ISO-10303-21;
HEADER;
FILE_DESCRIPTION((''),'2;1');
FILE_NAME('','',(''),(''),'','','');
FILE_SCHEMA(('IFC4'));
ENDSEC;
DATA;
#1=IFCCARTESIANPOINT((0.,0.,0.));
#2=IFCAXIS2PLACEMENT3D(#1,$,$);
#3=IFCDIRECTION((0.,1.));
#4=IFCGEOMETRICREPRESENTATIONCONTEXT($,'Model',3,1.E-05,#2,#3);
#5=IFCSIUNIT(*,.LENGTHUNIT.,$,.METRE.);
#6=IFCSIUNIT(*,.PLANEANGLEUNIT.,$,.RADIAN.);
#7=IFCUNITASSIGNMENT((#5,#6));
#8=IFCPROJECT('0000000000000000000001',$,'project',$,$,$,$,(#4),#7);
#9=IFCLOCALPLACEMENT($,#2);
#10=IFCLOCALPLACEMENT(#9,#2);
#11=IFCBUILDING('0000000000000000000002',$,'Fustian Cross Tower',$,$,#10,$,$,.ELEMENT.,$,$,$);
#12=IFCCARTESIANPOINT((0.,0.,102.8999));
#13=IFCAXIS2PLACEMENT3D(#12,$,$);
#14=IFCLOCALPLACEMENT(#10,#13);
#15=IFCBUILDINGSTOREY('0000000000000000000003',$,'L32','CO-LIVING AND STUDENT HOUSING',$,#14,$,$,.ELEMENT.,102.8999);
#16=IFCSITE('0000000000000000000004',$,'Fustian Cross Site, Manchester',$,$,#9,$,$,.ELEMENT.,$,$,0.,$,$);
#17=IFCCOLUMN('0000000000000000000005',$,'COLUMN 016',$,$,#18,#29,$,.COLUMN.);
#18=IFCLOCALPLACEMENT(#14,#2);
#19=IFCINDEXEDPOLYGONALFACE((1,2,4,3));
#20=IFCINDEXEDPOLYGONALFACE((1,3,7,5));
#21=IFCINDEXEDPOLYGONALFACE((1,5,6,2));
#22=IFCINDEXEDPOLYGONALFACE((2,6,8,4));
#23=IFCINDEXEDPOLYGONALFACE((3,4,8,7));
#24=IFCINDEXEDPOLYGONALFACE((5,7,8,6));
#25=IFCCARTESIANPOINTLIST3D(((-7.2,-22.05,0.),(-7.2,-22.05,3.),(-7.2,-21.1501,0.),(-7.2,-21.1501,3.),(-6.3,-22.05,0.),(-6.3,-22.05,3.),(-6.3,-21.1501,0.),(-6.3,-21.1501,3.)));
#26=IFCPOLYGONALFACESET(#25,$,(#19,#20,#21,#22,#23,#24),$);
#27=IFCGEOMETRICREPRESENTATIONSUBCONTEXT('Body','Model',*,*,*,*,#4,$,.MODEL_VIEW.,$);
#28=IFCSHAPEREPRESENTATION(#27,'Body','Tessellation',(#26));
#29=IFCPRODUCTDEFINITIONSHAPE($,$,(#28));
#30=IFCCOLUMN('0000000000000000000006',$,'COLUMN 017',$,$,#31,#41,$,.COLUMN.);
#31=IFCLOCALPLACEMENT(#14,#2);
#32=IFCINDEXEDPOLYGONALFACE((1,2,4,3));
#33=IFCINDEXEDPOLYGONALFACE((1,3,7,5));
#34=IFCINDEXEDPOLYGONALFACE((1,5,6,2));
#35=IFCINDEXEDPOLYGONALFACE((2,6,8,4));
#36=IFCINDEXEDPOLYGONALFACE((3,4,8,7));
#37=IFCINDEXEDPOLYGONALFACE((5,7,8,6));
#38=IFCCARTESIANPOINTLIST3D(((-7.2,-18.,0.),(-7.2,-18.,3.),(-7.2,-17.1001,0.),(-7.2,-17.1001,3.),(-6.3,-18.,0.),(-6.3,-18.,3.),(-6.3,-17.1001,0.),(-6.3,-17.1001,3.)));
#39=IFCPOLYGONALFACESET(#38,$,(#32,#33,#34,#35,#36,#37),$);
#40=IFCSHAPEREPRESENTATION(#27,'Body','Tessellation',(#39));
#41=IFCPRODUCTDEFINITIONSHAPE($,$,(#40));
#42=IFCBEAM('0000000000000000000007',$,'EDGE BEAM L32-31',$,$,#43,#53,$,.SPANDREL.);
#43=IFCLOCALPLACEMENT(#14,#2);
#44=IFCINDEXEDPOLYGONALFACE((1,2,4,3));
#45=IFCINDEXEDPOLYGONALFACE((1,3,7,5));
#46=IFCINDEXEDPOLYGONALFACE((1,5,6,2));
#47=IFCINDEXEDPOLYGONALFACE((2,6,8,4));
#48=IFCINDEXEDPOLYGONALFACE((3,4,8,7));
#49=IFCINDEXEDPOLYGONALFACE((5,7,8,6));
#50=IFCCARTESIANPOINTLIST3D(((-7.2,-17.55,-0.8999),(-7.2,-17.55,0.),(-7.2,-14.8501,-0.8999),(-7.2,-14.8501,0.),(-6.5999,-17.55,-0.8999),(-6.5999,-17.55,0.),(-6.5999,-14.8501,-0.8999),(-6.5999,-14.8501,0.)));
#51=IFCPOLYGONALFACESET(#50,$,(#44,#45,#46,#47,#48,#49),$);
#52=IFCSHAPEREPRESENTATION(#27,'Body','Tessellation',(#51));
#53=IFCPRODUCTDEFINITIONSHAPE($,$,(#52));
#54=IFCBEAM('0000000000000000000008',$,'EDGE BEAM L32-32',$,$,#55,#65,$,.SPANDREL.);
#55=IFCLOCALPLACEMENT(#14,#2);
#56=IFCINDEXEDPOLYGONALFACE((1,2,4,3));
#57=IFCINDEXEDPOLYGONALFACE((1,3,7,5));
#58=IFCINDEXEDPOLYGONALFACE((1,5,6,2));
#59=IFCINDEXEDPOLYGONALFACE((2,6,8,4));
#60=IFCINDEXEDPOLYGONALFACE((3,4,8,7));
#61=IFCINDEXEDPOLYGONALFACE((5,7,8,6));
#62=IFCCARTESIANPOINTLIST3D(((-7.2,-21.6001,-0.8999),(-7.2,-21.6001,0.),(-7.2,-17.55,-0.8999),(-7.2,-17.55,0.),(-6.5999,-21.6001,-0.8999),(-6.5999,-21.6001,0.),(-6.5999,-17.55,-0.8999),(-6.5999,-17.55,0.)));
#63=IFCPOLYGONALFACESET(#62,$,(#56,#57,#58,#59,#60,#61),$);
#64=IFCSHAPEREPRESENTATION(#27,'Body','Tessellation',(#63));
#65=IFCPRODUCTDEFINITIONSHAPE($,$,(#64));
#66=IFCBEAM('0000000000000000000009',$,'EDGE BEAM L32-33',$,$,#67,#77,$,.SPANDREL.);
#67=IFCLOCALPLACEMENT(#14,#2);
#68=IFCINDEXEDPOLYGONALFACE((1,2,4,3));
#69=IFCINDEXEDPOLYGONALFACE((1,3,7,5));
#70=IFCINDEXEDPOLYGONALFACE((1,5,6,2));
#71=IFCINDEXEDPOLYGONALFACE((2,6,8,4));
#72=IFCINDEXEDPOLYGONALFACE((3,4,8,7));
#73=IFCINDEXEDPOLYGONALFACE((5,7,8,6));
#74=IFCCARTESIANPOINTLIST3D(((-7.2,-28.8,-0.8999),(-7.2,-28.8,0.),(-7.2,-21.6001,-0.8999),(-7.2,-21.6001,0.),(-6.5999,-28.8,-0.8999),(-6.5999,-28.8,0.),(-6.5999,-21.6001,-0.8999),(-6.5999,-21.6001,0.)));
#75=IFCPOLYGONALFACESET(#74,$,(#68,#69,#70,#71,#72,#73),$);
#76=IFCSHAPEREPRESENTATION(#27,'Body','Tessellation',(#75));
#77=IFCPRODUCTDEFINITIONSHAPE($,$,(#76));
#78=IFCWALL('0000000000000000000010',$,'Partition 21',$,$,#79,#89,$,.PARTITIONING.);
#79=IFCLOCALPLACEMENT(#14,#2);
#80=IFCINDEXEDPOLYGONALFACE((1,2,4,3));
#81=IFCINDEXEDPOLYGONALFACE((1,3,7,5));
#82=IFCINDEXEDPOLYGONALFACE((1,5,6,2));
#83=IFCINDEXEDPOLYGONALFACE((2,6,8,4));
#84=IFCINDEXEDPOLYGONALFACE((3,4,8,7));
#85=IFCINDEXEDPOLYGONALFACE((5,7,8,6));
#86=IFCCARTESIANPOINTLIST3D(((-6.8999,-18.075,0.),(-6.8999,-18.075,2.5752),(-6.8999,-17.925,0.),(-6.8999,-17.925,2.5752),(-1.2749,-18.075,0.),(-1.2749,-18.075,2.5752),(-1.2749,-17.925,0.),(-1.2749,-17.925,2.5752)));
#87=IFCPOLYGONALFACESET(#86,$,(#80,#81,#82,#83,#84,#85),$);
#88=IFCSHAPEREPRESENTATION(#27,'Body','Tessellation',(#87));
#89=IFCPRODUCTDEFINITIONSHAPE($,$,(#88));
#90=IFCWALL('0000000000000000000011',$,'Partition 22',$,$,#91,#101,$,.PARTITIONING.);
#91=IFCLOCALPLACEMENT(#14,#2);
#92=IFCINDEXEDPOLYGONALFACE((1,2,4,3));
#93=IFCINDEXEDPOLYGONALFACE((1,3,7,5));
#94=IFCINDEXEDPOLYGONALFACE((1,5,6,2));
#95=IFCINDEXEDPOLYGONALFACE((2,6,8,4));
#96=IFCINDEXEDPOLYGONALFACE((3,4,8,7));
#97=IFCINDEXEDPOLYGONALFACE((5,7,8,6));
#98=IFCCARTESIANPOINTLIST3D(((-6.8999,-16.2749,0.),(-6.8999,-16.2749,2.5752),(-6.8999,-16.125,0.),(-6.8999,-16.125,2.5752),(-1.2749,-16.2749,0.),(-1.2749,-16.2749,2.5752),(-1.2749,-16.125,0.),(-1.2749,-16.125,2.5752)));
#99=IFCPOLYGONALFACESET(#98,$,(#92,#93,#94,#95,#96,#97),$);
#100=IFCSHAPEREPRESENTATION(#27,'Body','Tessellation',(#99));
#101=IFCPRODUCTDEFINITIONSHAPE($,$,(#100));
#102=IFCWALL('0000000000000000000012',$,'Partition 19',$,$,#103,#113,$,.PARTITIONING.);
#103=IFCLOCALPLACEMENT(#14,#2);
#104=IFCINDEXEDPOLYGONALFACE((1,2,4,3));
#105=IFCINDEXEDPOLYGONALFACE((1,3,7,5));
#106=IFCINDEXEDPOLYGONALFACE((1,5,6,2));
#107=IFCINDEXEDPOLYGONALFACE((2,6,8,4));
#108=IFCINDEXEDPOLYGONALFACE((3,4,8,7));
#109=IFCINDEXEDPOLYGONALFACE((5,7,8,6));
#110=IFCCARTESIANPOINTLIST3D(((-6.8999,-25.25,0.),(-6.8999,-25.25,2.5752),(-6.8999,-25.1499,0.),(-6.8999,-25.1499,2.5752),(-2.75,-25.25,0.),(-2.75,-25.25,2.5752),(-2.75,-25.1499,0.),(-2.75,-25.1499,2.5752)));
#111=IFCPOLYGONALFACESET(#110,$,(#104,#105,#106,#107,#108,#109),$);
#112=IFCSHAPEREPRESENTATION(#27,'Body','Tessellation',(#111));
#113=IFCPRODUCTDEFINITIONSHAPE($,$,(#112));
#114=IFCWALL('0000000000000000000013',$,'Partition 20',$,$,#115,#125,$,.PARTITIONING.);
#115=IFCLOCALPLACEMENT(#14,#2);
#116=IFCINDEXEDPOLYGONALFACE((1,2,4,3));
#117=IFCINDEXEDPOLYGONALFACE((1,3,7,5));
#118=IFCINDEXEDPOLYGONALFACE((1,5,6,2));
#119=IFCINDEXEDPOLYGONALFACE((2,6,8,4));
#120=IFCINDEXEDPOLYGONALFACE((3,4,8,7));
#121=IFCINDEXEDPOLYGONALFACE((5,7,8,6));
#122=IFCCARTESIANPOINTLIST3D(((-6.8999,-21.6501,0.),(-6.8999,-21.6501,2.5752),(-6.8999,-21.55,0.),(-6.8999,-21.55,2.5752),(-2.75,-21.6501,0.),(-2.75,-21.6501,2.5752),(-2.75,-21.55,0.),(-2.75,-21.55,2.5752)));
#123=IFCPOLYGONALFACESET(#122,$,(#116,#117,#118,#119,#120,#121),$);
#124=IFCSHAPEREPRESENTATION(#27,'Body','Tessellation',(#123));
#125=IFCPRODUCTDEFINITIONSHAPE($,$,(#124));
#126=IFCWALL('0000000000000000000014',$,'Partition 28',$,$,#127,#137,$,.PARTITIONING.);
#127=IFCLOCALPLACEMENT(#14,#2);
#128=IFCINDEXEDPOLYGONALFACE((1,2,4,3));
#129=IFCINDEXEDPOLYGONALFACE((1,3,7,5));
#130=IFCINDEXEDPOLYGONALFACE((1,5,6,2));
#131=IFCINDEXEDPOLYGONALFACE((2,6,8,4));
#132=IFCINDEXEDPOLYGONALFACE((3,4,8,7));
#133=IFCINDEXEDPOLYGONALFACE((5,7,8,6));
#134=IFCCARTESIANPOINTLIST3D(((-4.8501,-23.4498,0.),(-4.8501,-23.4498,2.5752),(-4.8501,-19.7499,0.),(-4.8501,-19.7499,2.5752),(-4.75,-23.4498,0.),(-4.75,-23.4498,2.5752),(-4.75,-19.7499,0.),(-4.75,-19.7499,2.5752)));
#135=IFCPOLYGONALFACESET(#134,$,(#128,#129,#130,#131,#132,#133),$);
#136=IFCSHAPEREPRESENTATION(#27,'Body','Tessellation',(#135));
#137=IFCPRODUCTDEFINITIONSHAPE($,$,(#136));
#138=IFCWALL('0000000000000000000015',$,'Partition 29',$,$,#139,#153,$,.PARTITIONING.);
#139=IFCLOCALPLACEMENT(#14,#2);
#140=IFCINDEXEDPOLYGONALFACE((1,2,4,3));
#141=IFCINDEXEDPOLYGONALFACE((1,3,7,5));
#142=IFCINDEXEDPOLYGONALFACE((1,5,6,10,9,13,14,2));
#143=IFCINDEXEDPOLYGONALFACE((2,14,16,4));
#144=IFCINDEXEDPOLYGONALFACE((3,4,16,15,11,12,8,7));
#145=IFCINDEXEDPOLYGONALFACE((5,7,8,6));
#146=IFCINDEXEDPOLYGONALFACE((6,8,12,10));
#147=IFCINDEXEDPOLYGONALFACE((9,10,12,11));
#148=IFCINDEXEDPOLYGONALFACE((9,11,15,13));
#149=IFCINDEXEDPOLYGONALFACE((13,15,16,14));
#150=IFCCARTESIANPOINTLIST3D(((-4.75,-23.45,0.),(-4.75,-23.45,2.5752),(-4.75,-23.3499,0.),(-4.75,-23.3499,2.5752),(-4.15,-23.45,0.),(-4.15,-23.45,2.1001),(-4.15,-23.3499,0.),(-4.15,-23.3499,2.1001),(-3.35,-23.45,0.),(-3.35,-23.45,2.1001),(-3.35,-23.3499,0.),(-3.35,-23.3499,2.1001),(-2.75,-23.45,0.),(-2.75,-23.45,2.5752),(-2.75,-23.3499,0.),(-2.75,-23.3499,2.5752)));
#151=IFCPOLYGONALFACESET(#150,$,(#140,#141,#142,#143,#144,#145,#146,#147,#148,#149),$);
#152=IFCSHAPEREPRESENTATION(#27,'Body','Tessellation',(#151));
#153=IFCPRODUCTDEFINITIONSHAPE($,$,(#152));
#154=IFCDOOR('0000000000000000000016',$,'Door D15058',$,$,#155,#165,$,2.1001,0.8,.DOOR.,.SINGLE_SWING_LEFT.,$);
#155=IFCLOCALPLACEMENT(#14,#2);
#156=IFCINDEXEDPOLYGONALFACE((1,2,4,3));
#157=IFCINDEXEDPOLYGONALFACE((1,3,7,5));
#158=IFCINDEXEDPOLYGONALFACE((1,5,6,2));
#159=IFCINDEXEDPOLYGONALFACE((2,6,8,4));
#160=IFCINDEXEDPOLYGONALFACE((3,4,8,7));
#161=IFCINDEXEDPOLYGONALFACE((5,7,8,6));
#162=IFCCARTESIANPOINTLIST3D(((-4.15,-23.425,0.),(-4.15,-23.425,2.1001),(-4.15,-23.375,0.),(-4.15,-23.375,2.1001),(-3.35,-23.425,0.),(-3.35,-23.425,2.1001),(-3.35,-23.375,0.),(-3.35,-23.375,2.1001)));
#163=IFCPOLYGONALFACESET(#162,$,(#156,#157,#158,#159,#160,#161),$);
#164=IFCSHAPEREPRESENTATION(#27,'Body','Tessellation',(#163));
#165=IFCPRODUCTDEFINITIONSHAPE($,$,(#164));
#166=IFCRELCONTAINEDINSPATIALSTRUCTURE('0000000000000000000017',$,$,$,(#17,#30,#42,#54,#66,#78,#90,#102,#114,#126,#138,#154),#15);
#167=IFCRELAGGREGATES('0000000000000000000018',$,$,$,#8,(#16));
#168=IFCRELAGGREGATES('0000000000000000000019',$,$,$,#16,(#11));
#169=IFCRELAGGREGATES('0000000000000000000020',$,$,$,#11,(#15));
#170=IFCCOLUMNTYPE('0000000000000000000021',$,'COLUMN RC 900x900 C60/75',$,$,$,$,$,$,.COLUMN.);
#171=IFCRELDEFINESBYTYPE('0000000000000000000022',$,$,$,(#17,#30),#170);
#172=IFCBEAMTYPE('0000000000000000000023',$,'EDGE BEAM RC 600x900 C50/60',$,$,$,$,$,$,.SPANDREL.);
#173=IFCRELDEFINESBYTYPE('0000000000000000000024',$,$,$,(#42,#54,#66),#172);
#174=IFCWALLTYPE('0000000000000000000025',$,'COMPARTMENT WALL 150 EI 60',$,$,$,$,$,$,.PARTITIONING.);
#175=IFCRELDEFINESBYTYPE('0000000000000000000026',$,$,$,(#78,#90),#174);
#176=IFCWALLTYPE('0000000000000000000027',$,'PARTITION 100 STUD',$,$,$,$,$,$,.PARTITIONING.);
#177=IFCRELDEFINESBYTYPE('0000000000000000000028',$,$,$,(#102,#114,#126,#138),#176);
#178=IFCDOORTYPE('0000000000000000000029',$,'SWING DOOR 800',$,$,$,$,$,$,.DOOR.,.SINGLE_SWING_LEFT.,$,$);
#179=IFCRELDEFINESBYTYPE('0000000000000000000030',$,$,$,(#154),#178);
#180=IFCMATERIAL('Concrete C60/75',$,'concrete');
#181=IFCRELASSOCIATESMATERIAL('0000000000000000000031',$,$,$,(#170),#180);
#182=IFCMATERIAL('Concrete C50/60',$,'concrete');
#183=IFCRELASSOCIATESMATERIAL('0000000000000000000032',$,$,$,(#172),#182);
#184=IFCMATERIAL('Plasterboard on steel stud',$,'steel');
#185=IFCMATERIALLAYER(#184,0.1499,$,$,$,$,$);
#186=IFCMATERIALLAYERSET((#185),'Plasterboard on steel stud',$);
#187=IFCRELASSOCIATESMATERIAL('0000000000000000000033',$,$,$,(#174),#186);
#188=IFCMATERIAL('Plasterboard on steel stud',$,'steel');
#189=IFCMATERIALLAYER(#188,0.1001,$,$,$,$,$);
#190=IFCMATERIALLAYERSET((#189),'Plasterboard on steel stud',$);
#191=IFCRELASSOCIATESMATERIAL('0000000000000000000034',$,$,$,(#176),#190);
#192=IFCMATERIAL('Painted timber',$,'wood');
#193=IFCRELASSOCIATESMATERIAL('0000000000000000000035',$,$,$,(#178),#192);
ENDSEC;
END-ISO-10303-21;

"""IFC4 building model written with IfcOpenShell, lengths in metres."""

from ifc_helpers import new_model, si_unit, direction, frame, frame_2d, origin, origin_2d, place, context, subcontext, project, spatial, rectangle, extrude, material, layer, layer_set, material_profile, profile_set, type_object, element, fill, save


model = new_model("IFC4")

# Units and contexts
model_context = context("Model", 3, precision=1e-05, world=origin(), true_north=direction((0.0, 1.0)))
body_context = subcontext(model_context, "Body", "Model", "MODEL_VIEW")
ifc_project = project(units=[si_unit("LENGTHUNIT", "METRE"), si_unit("PLANEANGLEUNIT", "RADIAN")], contexts=[model_context])

# Site, building, storey
site_placement = place(None, origin())
site = spatial("IfcSite", under=ifc_project, at=site_placement, Name="Fustian Cross Site, Manchester", CompositionType="ELEMENT", RefElevation=0.0)
building_placement = place(site_placement, origin())
building = spatial("IfcBuilding", under=site, at=building_placement, Name="Fustian Cross Tower", CompositionType="ELEMENT")
storey_placement = place(building_placement, frame((0.0, 0.0, 102.8999)))
storey = spatial("IfcBuildingStorey", under=building, at=storey_placement, Name="L32", Description="CO-LIVING AND STUDENT HOUSING", CompositionType="ELEMENT", Elevation=102.8999)

# Columns
ifc_material_1 = material(Name="Concrete C60/75", Category="concrete")
ifc_material_profile_1 = material_profile(ifc_material_1, rectangle(XDim=0.8999, YDim=0.8999, at=origin_2d()), Name="RC 900x900")
ifc_profile_set_1 = profile_set([ifc_material_profile_1], Name="Concrete C60/75")
column_type = type_object("IfcColumnType", Name="COLUMN RC 900x900 C60/75", PredefinedType="COLUMN", material=ifc_profile_set_1)
for number, where, z_axis, x_axis, name in (
    (1, (-6.75, -21.6001, 0.0), (0.0, 0.0, 1.0), (1.0, 0.0, 0.0), "COLUMN 016"),
    (2, (-6.75, -17.55, 0.0), (0.0, 0.0, 1.0), (1.0, 0.0, 0.0), "COLUMN 017"),
):
    element("IfcColumn", number, at=place(storey_placement, frame(where, z_axis=z_axis, x_axis=x_axis)), inside=storey, type_object=column_type, Name=name, PredefinedType="COLUMN", context=body_context, shape_type="SweptSolid", body=[
        extrude(rectangle(XDim=0.8999, YDim=0.8999, at=origin_2d()), origin(), (0.0, 0.0, 1.0), 3.0),
    ])

# Beams
ifc_material_2 = material(Name="Concrete C50/60", Category="concrete")
ifc_material_profile_2 = material_profile(ifc_material_2, rectangle(XDim=0.6001, YDim=0.8999, at=origin_2d()), Name="RC 600x900")
ifc_profile_set_2 = profile_set([ifc_material_profile_2], Name="Concrete C50/60")
beam_type = type_object("IfcBeamType", Name="EDGE BEAM RC 600x900 C50/60", PredefinedType="SPANDREL", material=ifc_profile_set_2)
beam_1_placement = place(storey_placement, frame((-6.8999, -14.8501, -0.45), z_axis=(0.0, -1.0, 0.0), x_axis=(1.0, 0.0, 0.0)))
element("IfcBeam", 3, at=beam_1_placement, inside=storey, type_object=beam_type, Name="EDGE BEAM L32-31", PredefinedType="SPANDREL", context=body_context, shape_type="SweptSolid", body=[
    extrude(rectangle(XDim=0.6001, YDim=0.8999, at=origin_2d()), origin(), (0.0, 0.0, 1.0), 2.7),
])
beam_2_placement = place(storey_placement, frame((-6.8999, -17.55, -0.45), z_axis=(0.0, -1.0, 0.0), x_axis=(1.0, 0.0, 0.0)))
element("IfcBeam", 4, at=beam_2_placement, inside=storey, type_object=beam_type, Name="EDGE BEAM L32-32", PredefinedType="SPANDREL", context=body_context, shape_type="SweptSolid", body=[
    extrude(rectangle(XDim=0.6001, YDim=0.8999, at=origin_2d()), origin(), (0.0, 0.0, 1.0), 4.05),
])
beam_3_placement = place(storey_placement, frame((-6.8999, -21.6001, -0.45), z_axis=(0.0, -1.0, 0.0), x_axis=(1.0, 0.0, 0.0)))
element("IfcBeam", 5, at=beam_3_placement, inside=storey, type_object=beam_type, Name="EDGE BEAM L32-33", PredefinedType="SPANDREL", context=body_context, shape_type="SweptSolid", body=[
    extrude(rectangle(XDim=0.6001, YDim=0.8999, at=origin_2d()), origin(), (0.0, 0.0, 1.0), 7.2),
])

# Walls
ifc_material_3 = material(Name="Plasterboard on steel stud", Category="steel")
ifc_layer_1 = layer(ifc_material_3, 0.1499)
ifc_layer_set_1 = layer_set([ifc_layer_1], Name="Plasterboard on steel stud")
wall_type_1 = type_object("IfcWallType", Name="COMPARTMENT WALL 150 EI 60", PredefinedType="PARTITIONING", material=ifc_layer_set_1)
for number, where, z_axis, x_axis, name in (
    (6, (-6.8999, -18.0, 0.0), (0.0, 0.0, 1.0), (1.0, 0.0, 0.0), "Partition 21"),
    (7, (-6.8999, -16.2, 0.0), (0.0, 0.0, 1.0), (1.0, 0.0, 0.0), "Partition 22"),
):
    element("IfcWall", number, at=place(storey_placement, frame(where, z_axis=z_axis, x_axis=x_axis)), inside=storey, type_object=wall_type_1, Name=name, PredefinedType="PARTITIONING", context=body_context, shape_type="SweptSolid", body=[
        extrude(rectangle(XDim=5.625, YDim=0.1499, at=frame_2d((2.8125, 0.0))), origin(), (0.0, 0.0, 1.0), 2.5752),
    ])
ifc_material_4 = material(Name="Plasterboard on steel stud", Category="steel")
ifc_layer_2 = layer(ifc_material_4, 0.1001)
ifc_layer_set_2 = layer_set([ifc_layer_2], Name="Plasterboard on steel stud")
wall_type_2 = type_object("IfcWallType", Name="PARTITION 100 STUD", PredefinedType="PARTITIONING", material=ifc_layer_set_2)
for number, where, z_axis, x_axis, name in (
    (8, (-6.8999, -25.2, 0.0), (0.0, 0.0, 1.0), (1.0, 0.0, 0.0), "Partition 19"),
    (9, (-6.8999, -21.6001, 0.0), (0.0, 0.0, 1.0), (1.0, 0.0, 0.0), "Partition 20"),
):
    element("IfcWall", number, at=place(storey_placement, frame(where, z_axis=z_axis, x_axis=x_axis)), inside=storey, type_object=wall_type_2, Name=name, PredefinedType="PARTITIONING", context=body_context, shape_type="SweptSolid", body=[
        extrude(rectangle(XDim=4.1499, YDim=0.1001, at=frame_2d((2.075, 0.0))), origin(), (0.0, 0.0, 1.0), 2.5752),
    ])
wall_1_placement = place(storey_placement, frame((-4.8, -23.45, 0.0), z_axis=(0.0, 0.0, 1.0), x_axis=(0.0, 1.0, 0.0)))
element("IfcWall", 10, at=wall_1_placement, inside=storey, type_object=wall_type_2, Name="Partition 28", PredefinedType="PARTITIONING", context=body_context, shape_type="SweptSolid", body=[
    extrude(rectangle(XDim=3.7, YDim=0.1001, at=frame_2d((1.8501, 0.0))), origin(), (0.0, 0.0, 1.0), 2.5752),
])

# Wall, opening, door
wall_2_placement = place(storey_placement, frame((-4.75, -23.3999, 0.0), z_axis=(0.0, 0.0, 1.0), x_axis=(1.0, 0.0, 0.0)))
wall_2 = element("IfcWall", 11, at=wall_2_placement, inside=storey, type_object=wall_type_2, Name="Partition 29", PredefinedType="PARTITIONING", context=body_context, shape_type="SweptSolid", body=[
    extrude(rectangle(XDim=2.0, YDim=0.1001, at=frame_2d((1.0, 0.0))), origin(), (0.0, 0.0, 1.0), 2.5752),
])
opening_1_placement = place(wall_2_placement, frame((0.6001, 0.0, 0.0)))
opening_1 = element("IfcOpeningElement", 12, at=opening_1_placement, cuts=wall_2, PredefinedType="OPENING", context=body_context, shape_type="SweptSolid", body=[
    extrude(rectangle(XDim=0.8, YDim=2.1001, at=frame_2d((0.3999, 1.05))), frame((0.0, 0.0601, 0.0), z_axis=(0.0, -1.0, 0.0), x_axis=(1.0, 0.0, 0.0)), (0.0, 0.0, 1.0), 0.1201),
])
ifc_material_5 = material(Name="Painted timber", Category="wood")
door_type = type_object("IfcDoorType", Name="SWING DOOR 800", OperationType="SINGLE_SWING_LEFT", PredefinedType="DOOR", material=ifc_material_5)
door_1_placement = place(opening_1_placement, origin())
door_1 = element("IfcDoor", 13, at=door_1_placement, inside=storey, type_object=door_type, Name="Door D15058", OperationType="SINGLE_SWING_LEFT", OverallHeight=2.1001, OverallWidth=0.8, PredefinedType="DOOR", context=body_context, shape_type="SweptSolid", body=[
    extrude(rectangle(XDim=0.8, YDim=2.1001, at=frame_2d((0.3999, 1.05))), frame((0.0, 0.0249, 0.0), z_axis=(0.0, -1.0, 0.0), x_axis=(1.0, 0.0, 0.0)), (0.0, 0.0, 1.0), 0.05),
])
fill(opening_1, door_1)

save(model, "model.ifc")
